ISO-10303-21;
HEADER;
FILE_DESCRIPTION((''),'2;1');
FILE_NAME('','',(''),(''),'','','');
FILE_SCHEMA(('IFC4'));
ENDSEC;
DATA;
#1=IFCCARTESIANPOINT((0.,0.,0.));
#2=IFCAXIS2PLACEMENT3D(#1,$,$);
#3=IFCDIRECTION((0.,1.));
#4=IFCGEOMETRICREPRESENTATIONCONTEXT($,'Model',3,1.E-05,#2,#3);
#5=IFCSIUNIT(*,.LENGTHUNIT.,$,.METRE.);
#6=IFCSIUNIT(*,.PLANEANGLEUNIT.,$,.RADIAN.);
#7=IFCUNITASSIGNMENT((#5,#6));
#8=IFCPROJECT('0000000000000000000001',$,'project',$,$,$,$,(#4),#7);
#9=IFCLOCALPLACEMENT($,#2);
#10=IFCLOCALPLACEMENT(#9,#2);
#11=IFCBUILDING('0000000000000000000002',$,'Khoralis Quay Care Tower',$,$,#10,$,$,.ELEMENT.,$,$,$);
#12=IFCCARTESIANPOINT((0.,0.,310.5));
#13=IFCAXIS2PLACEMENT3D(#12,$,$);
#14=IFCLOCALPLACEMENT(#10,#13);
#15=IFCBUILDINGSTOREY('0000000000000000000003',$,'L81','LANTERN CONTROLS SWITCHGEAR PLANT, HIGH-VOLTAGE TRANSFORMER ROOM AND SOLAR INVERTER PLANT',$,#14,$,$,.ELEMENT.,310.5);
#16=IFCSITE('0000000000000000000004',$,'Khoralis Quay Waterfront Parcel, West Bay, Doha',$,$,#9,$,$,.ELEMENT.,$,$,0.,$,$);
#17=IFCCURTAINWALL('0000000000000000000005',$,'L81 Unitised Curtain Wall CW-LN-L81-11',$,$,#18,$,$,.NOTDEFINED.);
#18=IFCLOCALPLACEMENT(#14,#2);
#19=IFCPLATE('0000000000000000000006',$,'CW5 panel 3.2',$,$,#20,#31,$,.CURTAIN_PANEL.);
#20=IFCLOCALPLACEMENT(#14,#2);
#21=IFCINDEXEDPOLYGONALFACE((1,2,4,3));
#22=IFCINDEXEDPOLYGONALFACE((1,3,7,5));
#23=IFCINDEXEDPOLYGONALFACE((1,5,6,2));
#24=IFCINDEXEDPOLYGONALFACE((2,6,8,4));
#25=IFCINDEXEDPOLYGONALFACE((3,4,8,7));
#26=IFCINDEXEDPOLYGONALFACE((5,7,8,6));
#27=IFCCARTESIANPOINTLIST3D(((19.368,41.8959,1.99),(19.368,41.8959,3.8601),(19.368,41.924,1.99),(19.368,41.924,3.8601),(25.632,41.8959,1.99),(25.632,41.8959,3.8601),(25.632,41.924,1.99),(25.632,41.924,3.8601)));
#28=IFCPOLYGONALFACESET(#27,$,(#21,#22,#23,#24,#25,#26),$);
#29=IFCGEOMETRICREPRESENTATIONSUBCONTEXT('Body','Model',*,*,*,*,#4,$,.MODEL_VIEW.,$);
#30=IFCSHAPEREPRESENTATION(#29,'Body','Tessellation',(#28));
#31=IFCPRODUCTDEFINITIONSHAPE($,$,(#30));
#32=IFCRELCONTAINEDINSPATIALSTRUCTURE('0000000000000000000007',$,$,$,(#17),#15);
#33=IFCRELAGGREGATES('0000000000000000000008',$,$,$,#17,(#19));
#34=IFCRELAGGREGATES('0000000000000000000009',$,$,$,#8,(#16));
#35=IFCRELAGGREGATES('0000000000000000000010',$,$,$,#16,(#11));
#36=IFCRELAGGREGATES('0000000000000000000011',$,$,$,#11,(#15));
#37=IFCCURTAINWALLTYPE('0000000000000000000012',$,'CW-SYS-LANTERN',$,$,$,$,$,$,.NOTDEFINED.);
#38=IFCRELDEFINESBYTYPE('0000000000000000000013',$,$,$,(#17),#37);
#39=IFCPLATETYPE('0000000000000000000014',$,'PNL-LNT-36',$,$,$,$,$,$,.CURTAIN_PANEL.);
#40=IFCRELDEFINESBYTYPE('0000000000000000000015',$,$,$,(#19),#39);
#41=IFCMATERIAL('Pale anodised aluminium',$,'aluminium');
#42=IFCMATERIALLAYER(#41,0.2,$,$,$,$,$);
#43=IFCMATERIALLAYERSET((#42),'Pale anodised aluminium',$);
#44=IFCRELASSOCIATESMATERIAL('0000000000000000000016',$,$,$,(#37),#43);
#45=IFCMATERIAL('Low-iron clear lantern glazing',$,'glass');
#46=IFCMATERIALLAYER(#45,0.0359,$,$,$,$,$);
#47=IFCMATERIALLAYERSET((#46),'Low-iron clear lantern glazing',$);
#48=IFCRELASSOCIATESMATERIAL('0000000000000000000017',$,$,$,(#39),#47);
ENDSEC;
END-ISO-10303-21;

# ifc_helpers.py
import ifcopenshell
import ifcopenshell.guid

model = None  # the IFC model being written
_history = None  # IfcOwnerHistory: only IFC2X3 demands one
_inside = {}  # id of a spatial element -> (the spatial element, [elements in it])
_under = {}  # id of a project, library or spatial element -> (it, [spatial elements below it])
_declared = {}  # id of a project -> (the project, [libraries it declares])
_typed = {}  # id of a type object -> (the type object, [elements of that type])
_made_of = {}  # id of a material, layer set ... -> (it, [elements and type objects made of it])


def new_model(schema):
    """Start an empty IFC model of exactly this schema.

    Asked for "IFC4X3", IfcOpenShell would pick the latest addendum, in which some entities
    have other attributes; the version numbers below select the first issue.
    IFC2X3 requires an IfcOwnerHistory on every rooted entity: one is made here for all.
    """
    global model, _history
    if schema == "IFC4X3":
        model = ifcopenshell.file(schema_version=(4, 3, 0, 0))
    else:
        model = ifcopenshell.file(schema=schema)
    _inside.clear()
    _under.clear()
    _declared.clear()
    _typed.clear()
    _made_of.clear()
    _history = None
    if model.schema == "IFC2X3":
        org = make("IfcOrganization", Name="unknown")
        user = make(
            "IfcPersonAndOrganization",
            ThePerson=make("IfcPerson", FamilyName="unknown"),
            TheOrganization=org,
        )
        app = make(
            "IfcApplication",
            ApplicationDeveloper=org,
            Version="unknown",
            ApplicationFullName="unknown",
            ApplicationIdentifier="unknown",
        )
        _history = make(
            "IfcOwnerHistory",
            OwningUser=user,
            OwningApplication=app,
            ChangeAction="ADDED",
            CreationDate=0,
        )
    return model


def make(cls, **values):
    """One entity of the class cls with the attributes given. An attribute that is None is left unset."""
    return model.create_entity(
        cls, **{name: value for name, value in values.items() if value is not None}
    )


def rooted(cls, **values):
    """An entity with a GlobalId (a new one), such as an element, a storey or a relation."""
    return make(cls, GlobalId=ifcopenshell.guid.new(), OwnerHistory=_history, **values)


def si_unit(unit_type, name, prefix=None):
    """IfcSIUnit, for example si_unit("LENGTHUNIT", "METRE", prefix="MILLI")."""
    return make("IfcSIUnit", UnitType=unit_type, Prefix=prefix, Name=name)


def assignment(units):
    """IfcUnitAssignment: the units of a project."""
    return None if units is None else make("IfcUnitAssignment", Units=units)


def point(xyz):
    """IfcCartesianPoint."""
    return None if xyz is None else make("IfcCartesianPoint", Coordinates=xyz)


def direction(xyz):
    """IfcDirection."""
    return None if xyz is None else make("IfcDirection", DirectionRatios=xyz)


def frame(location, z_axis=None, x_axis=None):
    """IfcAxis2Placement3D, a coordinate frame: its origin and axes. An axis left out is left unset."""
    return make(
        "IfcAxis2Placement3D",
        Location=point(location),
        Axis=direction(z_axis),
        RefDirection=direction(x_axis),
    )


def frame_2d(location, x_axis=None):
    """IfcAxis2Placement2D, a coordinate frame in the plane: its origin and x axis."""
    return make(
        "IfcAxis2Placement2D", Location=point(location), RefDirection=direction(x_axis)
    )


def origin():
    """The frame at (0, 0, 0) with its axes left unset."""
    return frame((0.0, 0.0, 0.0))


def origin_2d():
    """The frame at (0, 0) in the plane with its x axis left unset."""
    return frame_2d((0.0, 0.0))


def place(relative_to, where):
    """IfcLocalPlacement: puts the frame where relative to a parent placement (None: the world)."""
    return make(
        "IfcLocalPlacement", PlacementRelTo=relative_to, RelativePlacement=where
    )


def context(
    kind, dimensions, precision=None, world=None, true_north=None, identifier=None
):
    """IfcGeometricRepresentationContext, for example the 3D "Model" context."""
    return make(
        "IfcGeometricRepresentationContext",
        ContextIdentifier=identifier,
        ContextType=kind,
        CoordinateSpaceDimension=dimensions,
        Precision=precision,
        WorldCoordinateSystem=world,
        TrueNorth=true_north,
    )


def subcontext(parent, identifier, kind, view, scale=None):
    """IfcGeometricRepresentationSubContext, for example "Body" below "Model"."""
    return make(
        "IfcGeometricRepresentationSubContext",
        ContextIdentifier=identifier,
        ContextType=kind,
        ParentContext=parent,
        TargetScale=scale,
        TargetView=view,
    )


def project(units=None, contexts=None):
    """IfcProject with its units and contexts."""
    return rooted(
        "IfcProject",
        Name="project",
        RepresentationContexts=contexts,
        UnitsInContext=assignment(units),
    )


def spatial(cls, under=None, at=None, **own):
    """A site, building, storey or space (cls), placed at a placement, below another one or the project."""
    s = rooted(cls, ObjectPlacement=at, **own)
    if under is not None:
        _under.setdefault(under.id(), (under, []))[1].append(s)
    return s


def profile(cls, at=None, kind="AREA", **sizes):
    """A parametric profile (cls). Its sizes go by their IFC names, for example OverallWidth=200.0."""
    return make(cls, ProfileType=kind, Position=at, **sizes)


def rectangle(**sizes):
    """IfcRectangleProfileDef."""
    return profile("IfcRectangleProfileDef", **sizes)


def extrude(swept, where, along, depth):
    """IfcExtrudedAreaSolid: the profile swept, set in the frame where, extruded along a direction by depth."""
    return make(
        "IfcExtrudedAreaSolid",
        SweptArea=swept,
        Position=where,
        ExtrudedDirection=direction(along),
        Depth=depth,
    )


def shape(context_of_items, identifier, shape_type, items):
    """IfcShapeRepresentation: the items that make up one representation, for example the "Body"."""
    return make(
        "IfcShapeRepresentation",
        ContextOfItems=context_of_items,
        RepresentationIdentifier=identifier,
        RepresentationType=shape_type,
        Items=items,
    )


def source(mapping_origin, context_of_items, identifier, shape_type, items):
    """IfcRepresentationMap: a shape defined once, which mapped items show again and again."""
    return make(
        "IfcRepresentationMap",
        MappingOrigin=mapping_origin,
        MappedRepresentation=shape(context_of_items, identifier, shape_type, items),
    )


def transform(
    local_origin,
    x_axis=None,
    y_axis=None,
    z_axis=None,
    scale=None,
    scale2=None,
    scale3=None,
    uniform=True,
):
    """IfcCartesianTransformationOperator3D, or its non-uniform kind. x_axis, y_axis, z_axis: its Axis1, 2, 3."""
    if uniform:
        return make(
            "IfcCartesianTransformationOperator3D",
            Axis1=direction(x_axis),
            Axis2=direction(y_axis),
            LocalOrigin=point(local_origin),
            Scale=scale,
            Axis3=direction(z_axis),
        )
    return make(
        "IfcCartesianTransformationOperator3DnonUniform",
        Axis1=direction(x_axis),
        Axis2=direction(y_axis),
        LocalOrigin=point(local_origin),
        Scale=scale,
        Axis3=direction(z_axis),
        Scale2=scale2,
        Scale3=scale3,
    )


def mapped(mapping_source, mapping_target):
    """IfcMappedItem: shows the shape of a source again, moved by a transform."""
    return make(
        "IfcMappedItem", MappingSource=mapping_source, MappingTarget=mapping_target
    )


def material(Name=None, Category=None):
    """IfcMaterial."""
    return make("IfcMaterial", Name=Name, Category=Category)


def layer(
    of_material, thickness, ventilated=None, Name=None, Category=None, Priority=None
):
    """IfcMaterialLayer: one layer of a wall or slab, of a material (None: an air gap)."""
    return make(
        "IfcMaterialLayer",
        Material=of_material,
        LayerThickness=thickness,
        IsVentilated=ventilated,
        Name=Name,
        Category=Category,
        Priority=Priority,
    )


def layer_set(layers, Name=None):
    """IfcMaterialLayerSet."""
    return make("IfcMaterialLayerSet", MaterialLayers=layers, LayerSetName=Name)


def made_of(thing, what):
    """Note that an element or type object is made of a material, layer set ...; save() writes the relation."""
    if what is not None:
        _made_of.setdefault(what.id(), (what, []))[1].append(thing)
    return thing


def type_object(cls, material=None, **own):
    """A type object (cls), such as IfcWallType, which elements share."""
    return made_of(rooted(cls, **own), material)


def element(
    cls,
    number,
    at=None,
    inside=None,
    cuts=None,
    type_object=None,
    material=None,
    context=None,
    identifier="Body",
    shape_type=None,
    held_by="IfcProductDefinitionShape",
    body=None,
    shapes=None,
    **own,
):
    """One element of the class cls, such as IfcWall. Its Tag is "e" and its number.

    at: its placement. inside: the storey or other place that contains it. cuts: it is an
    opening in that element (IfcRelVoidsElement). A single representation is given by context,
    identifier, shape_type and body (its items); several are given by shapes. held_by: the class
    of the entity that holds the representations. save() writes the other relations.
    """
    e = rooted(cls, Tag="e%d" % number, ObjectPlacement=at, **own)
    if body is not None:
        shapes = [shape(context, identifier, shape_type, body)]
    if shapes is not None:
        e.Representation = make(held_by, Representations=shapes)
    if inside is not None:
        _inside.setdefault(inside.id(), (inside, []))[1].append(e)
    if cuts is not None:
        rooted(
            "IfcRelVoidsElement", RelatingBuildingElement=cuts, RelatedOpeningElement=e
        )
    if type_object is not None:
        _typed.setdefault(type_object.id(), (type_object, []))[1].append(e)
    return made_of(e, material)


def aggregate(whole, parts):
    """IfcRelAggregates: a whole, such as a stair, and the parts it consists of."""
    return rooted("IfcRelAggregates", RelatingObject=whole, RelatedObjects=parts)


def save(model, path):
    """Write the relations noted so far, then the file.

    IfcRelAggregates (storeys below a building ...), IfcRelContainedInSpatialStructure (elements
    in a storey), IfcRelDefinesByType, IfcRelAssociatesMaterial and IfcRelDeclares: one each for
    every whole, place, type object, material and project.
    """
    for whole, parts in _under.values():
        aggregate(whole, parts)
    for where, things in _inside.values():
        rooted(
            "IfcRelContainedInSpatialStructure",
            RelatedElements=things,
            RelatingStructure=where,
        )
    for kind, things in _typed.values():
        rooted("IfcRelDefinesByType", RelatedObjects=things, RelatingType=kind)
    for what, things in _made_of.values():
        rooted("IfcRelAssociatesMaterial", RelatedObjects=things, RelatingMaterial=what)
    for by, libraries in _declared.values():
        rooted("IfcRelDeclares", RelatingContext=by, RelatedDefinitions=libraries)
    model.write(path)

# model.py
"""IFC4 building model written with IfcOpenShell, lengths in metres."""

from ifc_helpers import new_model, si_unit, direction, frame, origin, origin_2d, place, context, subcontext, project, spatial, rectangle, extrude, source, transform, mapped, material, layer, layer_set, type_object, element, aggregate, save


model = new_model("IFC4")

# Units and contexts
model_context = context("Model", 3, precision=1e-05, world=origin(), true_north=direction((0.0, 1.0)))
body_context = subcontext(model_context, "Body", "Model", "MODEL_VIEW")
ifc_project = project(units=[si_unit("LENGTHUNIT", "METRE"), si_unit("PLANEANGLEUNIT", "RADIAN")], contexts=[model_context])

# Site, building, storey
site_placement = place(None, origin())
site = spatial("IfcSite", under=ifc_project, at=site_placement, Name="Khoralis Quay Waterfront Parcel, West Bay, Doha", CompositionType="ELEMENT", RefElevation=0.0)
building_placement = place(site_placement, origin())
building = spatial("IfcBuilding", under=site, at=building_placement, Name="Khoralis Quay Care Tower", CompositionType="ELEMENT")
storey_placement = place(building_placement, frame((0.0, 0.0, 310.5)))
storey = spatial("IfcBuildingStorey", under=building, at=storey_placement, Name="L81", Description="LANTERN CONTROLS SWITCHGEAR PLANT, HIGH-VOLTAGE TRANSFORMER ROOM AND SOLAR INVERTER PLANT", CompositionType="ELEMENT", Elevation=310.5)

# Curtain wall, plate
ifc_material_1 = material(Name="Pale anodised aluminium", Category="aluminium")
ifc_layer_1 = layer(ifc_material_1, 0.2)
ifc_layer_set_1 = layer_set([ifc_layer_1], Name="Pale anodised aluminium")
curtain_wall_type = type_object("IfcCurtainWallType", Name="CW-SYS-LANTERN", PredefinedType="NOTDEFINED", material=ifc_layer_set_1)
curtain_wall_placement = place(storey_placement, origin())
curtain_wall = element("IfcCurtainWall", 1, at=curtain_wall_placement, inside=storey, type_object=curtain_wall_type, Name="L81 Unitised Curtain Wall CW-LN-L81-11", PredefinedType="NOTDEFINED")
ifc_material_2 = material(Name="Low-iron clear lantern glazing", Category="glass")
ifc_layer_2 = layer(ifc_material_2, 0.0359)
ifc_layer_set_2 = layer_set([ifc_layer_2], Name="Low-iron clear lantern glazing")
plate_type = type_object("IfcPlateType", Name="PNL-LNT-36", PredefinedType="CURTAIN_PANEL", material=ifc_layer_set_2)
shared_shape_1 = source(origin(), body_context, "Body", "SweptSolid", [
    extrude(rectangle(XDim=6.2639, YDim=0.0281, at=origin_2d()), origin(), (0.0, 0.0, 1.0), 1.8701),
])
plate_1_placement = place(storey_placement, frame((22.5, 41.9099, 1.99), z_axis=(0.0, 0.0, 1.0), x_axis=(-1.0, 0.0, 0.0)))
plate_1 = element("IfcPlate", 2, at=plate_1_placement, type_object=plate_type, Name="CW5 panel 3.2", PredefinedType="CURTAIN_PANEL", context=body_context, shape_type="MappedRepresentation", body=[
    mapped(shared_shape_1, transform((0.0, 0.0, 0.0), scale=1.0)),
])
aggregate(curtain_wall, [plate_1])

save(model, "model.ifc")
